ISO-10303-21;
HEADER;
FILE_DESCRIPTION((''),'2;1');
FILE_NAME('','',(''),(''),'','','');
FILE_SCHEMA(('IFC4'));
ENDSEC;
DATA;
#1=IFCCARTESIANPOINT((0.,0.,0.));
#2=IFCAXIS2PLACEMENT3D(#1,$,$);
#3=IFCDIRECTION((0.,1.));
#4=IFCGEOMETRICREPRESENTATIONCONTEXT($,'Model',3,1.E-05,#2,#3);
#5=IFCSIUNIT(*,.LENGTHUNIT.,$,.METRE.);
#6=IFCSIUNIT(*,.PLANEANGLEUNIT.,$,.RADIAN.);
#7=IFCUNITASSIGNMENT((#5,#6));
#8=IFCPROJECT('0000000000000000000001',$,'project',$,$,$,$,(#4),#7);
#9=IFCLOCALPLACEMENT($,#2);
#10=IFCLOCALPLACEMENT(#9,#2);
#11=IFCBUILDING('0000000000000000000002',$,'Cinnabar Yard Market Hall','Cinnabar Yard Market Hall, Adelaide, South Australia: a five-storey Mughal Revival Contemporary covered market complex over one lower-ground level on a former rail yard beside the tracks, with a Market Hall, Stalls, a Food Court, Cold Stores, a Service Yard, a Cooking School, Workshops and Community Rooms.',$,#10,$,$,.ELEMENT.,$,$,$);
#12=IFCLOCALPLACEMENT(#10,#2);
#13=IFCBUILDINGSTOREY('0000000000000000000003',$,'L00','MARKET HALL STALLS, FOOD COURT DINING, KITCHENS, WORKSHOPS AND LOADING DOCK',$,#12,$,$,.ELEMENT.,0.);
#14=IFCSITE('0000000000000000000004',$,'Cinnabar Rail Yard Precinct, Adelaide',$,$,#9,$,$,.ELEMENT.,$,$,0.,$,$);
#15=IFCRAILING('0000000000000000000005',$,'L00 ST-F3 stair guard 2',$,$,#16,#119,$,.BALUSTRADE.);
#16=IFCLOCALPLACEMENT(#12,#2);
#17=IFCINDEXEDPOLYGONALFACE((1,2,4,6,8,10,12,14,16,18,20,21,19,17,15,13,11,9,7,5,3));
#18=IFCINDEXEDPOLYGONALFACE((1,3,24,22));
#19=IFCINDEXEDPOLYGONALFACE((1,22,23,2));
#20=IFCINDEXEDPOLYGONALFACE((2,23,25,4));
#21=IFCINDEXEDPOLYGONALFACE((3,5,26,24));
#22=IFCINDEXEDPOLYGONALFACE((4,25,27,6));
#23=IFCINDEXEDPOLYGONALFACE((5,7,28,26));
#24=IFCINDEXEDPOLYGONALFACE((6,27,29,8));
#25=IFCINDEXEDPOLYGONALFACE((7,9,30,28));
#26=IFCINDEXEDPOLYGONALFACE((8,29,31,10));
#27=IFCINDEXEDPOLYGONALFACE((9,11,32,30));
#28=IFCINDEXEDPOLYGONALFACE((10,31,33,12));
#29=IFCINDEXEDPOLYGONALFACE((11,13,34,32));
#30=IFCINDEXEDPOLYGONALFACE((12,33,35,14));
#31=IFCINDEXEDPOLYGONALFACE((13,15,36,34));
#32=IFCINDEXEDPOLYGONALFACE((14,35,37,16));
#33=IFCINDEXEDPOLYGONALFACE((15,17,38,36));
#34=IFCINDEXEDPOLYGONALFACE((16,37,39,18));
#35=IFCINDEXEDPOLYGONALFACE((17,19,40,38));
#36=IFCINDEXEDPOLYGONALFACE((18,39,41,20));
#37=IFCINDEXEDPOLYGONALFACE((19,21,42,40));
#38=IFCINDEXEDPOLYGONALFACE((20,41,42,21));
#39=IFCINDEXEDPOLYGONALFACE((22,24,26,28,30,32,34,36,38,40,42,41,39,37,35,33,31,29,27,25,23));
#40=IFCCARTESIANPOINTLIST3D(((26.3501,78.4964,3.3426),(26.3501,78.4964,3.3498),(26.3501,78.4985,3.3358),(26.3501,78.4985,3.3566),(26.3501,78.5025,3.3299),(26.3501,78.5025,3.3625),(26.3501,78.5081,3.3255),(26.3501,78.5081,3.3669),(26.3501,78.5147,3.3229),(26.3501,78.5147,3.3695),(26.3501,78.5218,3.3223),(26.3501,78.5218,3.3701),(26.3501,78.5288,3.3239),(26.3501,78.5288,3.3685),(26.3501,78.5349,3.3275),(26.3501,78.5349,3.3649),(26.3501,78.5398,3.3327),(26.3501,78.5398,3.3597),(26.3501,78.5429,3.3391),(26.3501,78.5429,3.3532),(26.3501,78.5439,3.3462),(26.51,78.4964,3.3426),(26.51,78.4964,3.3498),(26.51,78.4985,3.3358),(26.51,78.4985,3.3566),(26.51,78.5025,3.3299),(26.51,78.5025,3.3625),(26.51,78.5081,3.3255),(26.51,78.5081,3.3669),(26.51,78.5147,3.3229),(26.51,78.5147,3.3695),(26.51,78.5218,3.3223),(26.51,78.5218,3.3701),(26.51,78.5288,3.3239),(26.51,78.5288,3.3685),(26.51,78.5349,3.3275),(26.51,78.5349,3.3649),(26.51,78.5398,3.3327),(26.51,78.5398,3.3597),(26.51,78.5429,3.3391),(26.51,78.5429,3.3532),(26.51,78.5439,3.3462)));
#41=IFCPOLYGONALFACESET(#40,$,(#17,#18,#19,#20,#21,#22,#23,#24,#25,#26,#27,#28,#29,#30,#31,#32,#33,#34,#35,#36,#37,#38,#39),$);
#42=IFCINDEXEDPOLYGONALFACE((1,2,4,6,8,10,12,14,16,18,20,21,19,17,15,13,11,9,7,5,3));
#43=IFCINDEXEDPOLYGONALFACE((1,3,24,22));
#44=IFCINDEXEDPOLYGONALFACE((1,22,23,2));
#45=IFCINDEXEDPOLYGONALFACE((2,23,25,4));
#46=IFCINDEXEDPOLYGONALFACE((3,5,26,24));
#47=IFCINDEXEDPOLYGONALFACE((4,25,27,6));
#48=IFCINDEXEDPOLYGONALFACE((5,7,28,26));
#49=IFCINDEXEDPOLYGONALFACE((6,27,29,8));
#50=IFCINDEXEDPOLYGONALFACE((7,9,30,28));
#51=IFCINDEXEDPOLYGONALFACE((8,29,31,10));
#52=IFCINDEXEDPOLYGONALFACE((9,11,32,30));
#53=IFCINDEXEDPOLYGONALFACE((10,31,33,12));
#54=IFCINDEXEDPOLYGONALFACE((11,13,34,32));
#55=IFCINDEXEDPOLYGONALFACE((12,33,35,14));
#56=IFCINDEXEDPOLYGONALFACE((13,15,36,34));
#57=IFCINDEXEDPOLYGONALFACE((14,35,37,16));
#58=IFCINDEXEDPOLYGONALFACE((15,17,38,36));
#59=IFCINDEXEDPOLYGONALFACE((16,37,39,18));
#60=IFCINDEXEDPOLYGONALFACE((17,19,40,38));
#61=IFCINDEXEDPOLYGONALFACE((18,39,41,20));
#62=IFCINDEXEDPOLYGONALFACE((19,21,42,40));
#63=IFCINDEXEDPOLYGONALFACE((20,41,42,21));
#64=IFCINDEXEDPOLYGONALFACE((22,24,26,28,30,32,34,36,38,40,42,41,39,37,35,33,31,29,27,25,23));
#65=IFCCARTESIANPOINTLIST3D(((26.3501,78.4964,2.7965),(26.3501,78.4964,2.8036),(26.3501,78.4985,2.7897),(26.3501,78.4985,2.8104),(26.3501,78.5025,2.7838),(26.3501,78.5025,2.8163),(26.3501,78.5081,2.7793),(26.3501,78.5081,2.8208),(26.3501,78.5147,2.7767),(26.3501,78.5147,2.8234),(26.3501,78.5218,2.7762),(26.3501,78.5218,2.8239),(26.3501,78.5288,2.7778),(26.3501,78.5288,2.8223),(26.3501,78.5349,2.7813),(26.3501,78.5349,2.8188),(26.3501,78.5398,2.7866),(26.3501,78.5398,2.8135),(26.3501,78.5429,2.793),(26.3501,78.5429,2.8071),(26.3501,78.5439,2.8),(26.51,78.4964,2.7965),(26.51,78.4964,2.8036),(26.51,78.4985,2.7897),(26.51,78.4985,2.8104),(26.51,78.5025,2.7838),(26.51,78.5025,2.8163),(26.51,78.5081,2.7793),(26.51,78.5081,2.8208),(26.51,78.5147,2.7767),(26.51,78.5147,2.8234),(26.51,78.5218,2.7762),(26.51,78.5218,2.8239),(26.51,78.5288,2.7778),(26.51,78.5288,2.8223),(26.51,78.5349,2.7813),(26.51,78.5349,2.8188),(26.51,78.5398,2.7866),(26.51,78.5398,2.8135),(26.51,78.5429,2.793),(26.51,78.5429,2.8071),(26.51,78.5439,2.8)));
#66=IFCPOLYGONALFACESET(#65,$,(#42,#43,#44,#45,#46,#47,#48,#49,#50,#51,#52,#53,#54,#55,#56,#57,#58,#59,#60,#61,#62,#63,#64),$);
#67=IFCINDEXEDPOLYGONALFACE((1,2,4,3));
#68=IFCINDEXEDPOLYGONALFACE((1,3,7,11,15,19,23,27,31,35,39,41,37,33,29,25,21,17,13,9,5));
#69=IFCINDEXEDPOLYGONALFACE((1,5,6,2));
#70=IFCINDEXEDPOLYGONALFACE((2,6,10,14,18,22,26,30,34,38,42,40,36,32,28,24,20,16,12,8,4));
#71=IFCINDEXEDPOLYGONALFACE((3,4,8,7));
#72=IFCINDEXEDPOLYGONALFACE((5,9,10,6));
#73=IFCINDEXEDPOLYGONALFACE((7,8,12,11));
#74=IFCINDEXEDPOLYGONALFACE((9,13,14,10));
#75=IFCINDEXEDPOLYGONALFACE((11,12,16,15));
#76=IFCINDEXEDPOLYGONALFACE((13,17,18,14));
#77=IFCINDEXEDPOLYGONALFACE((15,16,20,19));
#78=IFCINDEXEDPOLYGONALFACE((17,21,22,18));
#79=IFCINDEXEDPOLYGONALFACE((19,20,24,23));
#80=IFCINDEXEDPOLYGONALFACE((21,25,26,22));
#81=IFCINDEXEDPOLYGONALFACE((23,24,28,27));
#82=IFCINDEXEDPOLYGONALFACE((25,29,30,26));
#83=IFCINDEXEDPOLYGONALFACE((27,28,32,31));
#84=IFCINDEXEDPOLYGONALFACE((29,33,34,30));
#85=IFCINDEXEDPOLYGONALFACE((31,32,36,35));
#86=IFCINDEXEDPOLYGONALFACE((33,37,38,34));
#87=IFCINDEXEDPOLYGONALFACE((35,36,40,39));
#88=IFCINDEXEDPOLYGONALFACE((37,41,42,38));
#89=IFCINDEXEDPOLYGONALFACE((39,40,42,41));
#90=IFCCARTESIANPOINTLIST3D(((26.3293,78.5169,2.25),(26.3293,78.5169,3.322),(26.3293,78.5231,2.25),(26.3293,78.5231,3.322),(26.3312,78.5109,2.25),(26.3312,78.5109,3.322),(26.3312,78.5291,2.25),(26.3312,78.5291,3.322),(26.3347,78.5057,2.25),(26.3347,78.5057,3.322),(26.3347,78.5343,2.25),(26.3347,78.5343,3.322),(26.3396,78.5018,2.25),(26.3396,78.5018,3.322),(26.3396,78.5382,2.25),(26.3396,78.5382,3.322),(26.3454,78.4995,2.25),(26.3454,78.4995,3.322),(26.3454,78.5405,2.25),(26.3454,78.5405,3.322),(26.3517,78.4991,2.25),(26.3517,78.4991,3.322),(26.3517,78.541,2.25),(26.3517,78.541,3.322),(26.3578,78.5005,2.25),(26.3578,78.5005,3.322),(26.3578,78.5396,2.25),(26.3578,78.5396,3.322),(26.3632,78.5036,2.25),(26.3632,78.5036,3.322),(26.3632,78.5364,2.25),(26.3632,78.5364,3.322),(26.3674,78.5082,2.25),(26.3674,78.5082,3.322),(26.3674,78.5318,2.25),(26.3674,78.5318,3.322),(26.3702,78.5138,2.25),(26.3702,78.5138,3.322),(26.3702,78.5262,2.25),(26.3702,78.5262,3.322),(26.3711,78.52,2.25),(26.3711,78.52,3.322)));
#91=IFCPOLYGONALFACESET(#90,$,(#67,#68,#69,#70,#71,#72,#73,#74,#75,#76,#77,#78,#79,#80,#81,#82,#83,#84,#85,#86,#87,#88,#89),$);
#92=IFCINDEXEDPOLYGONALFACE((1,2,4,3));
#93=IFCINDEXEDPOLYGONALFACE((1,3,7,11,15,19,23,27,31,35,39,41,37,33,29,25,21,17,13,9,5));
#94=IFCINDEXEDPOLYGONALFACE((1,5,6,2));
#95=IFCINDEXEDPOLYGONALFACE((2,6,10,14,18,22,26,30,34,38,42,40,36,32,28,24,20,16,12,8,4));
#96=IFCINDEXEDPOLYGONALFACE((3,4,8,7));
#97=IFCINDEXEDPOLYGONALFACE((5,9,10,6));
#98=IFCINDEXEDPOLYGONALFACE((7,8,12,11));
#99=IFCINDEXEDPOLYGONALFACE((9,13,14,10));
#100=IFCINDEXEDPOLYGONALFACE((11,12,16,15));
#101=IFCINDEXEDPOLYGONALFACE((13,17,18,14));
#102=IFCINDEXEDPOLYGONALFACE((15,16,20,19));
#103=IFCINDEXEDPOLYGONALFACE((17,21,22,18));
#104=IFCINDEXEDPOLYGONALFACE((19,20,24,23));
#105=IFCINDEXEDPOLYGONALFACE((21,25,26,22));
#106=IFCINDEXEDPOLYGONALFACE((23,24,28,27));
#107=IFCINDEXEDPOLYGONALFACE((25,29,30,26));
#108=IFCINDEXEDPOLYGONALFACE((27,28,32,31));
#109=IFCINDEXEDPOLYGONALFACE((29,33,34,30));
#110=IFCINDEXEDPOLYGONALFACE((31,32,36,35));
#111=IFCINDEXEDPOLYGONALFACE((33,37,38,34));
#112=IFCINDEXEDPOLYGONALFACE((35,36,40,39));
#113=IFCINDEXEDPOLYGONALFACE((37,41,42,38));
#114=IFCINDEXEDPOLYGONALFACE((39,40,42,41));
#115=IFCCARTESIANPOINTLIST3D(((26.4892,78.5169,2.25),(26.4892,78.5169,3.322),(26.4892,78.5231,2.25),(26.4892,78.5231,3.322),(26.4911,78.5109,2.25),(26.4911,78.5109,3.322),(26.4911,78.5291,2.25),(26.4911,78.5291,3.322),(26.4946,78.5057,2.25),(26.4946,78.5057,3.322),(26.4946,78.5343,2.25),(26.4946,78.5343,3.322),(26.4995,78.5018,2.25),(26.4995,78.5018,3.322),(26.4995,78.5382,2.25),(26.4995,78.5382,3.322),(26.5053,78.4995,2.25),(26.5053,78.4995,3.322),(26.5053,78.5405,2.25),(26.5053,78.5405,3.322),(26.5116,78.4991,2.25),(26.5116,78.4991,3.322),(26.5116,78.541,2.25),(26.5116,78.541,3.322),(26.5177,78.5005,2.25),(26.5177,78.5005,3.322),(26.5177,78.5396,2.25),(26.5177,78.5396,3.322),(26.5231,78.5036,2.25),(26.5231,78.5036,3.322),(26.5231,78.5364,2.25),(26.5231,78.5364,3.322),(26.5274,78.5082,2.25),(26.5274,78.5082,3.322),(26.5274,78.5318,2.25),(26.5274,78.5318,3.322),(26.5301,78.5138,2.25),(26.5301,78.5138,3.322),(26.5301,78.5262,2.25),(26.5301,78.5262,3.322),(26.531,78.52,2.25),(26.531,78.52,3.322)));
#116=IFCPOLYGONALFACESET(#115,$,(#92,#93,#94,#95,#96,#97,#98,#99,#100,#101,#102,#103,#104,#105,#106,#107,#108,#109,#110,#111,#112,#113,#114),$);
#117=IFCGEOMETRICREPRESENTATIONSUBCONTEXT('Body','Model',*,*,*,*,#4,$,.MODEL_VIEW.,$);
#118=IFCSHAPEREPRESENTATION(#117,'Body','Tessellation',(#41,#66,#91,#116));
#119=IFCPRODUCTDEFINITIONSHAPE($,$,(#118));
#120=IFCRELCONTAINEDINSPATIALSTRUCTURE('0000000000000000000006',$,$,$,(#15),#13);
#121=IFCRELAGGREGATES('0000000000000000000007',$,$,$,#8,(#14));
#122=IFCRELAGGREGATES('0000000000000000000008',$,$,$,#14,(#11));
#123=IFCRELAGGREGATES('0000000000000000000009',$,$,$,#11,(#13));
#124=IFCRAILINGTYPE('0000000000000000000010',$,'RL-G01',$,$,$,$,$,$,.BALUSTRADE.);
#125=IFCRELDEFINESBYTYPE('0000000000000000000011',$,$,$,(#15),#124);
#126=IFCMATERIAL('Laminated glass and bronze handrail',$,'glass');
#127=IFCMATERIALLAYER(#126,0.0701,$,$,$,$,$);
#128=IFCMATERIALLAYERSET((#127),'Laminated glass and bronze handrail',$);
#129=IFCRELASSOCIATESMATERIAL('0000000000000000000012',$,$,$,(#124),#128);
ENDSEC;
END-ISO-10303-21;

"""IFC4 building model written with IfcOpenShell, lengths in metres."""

from ifc_helpers import new_model, si_unit, direction, frame, origin, origin_2d_with_axis, place, context, subcontext, project, spatial, circle, extrude, material, layer, layer_set, type_object, element, save


model = new_model("IFC4")

# Units and contexts
model_context = context("Model", 3, precision=1e-05, world=origin(), true_north=direction((0.0, 1.0)))
body_context = subcontext(model_context, "Body", "Model", "MODEL_VIEW")
ifc_project = project(units=[si_unit("LENGTHUNIT", "METRE"), si_unit("PLANEANGLEUNIT", "RADIAN")], contexts=[model_context])

# Site, building, storey
site_placement = place(None, origin())
site = spatial("IfcSite", under=ifc_project, at=site_placement, Name="Cinnabar Rail Yard Precinct, Adelaide", CompositionType="ELEMENT", RefElevation=0.0)
building_placement = place(site_placement, origin())
building = spatial("IfcBuilding", under=site, at=building_placement, Name="Cinnabar Yard Market Hall", Description="Cinnabar Yard Market Hall, Adelaide, South Australia: a five-storey Mughal Revival Contemporary covered market complex over one lower-ground level on a former rail yard beside the tracks, with a Market Hall, Stalls, a Food Court, Cold Stores, a Service Yard, a Cooking School, Workshops and Community Rooms.", CompositionType="ELEMENT")
storey_placement = place(building_placement, origin())
storey = spatial("IfcBuildingStorey", under=building, at=storey_placement, Name="L00", Description="MARKET HALL STALLS, FOOD COURT DINING, KITCHENS, WORKSHOPS AND LOADING DOCK", CompositionType="ELEMENT", Elevation=0.0)

# Railing
ifc_material_1 = material(Name="Laminated glass and bronze handrail", Category="glass")
ifc_layer_1 = layer(ifc_material_1, 0.0701)
ifc_layer_set_1 = layer_set([ifc_layer_1], Name="Laminated glass and bronze handrail")
railing_type_1 = type_object("IfcRailingType", Name="RL-G01", PredefinedType="BALUSTRADE", material=ifc_layer_set_1)
railing_1_placement = place(storey_placement, frame((26.3501, 78.52, 2.25)))
element("IfcRailing", 1, at=railing_1_placement, inside=storey, type_object=railing_type_1, Name="L00 ST-F3 stair guard 2", PredefinedType="BALUSTRADE", context=body_context, shape_type="SweptSolid", body=[
    extrude(circle(Radius=0.0239, at=origin_2d_with_axis()), frame((0.0, 0.0, 1.0962), z_axis=(1.0, 0.0, 0.0), x_axis=(0.0, 1.0, 0.0)), (0.0, 0.0, 1.0), 0.1599),
    extrude(circle(Radius=0.0239, at=origin_2d_with_axis()), frame((0.0, 0.0, 0.55), z_axis=(1.0, 0.0, 0.0), x_axis=(0.0, 1.0, 0.0)), (0.0, 0.0, 1.0), 0.1599),
    extrude(circle(Radius=0.021, at=origin_2d_with_axis()), origin(), (0.0, 0.0, 1.0), 1.072),
    extrude(circle(Radius=0.021, at=origin_2d_with_axis()), frame((0.1599, 0.0, 0.0)), (0.0, 0.0, 1.0), 1.072),
])

save(model, "model.ifc")
